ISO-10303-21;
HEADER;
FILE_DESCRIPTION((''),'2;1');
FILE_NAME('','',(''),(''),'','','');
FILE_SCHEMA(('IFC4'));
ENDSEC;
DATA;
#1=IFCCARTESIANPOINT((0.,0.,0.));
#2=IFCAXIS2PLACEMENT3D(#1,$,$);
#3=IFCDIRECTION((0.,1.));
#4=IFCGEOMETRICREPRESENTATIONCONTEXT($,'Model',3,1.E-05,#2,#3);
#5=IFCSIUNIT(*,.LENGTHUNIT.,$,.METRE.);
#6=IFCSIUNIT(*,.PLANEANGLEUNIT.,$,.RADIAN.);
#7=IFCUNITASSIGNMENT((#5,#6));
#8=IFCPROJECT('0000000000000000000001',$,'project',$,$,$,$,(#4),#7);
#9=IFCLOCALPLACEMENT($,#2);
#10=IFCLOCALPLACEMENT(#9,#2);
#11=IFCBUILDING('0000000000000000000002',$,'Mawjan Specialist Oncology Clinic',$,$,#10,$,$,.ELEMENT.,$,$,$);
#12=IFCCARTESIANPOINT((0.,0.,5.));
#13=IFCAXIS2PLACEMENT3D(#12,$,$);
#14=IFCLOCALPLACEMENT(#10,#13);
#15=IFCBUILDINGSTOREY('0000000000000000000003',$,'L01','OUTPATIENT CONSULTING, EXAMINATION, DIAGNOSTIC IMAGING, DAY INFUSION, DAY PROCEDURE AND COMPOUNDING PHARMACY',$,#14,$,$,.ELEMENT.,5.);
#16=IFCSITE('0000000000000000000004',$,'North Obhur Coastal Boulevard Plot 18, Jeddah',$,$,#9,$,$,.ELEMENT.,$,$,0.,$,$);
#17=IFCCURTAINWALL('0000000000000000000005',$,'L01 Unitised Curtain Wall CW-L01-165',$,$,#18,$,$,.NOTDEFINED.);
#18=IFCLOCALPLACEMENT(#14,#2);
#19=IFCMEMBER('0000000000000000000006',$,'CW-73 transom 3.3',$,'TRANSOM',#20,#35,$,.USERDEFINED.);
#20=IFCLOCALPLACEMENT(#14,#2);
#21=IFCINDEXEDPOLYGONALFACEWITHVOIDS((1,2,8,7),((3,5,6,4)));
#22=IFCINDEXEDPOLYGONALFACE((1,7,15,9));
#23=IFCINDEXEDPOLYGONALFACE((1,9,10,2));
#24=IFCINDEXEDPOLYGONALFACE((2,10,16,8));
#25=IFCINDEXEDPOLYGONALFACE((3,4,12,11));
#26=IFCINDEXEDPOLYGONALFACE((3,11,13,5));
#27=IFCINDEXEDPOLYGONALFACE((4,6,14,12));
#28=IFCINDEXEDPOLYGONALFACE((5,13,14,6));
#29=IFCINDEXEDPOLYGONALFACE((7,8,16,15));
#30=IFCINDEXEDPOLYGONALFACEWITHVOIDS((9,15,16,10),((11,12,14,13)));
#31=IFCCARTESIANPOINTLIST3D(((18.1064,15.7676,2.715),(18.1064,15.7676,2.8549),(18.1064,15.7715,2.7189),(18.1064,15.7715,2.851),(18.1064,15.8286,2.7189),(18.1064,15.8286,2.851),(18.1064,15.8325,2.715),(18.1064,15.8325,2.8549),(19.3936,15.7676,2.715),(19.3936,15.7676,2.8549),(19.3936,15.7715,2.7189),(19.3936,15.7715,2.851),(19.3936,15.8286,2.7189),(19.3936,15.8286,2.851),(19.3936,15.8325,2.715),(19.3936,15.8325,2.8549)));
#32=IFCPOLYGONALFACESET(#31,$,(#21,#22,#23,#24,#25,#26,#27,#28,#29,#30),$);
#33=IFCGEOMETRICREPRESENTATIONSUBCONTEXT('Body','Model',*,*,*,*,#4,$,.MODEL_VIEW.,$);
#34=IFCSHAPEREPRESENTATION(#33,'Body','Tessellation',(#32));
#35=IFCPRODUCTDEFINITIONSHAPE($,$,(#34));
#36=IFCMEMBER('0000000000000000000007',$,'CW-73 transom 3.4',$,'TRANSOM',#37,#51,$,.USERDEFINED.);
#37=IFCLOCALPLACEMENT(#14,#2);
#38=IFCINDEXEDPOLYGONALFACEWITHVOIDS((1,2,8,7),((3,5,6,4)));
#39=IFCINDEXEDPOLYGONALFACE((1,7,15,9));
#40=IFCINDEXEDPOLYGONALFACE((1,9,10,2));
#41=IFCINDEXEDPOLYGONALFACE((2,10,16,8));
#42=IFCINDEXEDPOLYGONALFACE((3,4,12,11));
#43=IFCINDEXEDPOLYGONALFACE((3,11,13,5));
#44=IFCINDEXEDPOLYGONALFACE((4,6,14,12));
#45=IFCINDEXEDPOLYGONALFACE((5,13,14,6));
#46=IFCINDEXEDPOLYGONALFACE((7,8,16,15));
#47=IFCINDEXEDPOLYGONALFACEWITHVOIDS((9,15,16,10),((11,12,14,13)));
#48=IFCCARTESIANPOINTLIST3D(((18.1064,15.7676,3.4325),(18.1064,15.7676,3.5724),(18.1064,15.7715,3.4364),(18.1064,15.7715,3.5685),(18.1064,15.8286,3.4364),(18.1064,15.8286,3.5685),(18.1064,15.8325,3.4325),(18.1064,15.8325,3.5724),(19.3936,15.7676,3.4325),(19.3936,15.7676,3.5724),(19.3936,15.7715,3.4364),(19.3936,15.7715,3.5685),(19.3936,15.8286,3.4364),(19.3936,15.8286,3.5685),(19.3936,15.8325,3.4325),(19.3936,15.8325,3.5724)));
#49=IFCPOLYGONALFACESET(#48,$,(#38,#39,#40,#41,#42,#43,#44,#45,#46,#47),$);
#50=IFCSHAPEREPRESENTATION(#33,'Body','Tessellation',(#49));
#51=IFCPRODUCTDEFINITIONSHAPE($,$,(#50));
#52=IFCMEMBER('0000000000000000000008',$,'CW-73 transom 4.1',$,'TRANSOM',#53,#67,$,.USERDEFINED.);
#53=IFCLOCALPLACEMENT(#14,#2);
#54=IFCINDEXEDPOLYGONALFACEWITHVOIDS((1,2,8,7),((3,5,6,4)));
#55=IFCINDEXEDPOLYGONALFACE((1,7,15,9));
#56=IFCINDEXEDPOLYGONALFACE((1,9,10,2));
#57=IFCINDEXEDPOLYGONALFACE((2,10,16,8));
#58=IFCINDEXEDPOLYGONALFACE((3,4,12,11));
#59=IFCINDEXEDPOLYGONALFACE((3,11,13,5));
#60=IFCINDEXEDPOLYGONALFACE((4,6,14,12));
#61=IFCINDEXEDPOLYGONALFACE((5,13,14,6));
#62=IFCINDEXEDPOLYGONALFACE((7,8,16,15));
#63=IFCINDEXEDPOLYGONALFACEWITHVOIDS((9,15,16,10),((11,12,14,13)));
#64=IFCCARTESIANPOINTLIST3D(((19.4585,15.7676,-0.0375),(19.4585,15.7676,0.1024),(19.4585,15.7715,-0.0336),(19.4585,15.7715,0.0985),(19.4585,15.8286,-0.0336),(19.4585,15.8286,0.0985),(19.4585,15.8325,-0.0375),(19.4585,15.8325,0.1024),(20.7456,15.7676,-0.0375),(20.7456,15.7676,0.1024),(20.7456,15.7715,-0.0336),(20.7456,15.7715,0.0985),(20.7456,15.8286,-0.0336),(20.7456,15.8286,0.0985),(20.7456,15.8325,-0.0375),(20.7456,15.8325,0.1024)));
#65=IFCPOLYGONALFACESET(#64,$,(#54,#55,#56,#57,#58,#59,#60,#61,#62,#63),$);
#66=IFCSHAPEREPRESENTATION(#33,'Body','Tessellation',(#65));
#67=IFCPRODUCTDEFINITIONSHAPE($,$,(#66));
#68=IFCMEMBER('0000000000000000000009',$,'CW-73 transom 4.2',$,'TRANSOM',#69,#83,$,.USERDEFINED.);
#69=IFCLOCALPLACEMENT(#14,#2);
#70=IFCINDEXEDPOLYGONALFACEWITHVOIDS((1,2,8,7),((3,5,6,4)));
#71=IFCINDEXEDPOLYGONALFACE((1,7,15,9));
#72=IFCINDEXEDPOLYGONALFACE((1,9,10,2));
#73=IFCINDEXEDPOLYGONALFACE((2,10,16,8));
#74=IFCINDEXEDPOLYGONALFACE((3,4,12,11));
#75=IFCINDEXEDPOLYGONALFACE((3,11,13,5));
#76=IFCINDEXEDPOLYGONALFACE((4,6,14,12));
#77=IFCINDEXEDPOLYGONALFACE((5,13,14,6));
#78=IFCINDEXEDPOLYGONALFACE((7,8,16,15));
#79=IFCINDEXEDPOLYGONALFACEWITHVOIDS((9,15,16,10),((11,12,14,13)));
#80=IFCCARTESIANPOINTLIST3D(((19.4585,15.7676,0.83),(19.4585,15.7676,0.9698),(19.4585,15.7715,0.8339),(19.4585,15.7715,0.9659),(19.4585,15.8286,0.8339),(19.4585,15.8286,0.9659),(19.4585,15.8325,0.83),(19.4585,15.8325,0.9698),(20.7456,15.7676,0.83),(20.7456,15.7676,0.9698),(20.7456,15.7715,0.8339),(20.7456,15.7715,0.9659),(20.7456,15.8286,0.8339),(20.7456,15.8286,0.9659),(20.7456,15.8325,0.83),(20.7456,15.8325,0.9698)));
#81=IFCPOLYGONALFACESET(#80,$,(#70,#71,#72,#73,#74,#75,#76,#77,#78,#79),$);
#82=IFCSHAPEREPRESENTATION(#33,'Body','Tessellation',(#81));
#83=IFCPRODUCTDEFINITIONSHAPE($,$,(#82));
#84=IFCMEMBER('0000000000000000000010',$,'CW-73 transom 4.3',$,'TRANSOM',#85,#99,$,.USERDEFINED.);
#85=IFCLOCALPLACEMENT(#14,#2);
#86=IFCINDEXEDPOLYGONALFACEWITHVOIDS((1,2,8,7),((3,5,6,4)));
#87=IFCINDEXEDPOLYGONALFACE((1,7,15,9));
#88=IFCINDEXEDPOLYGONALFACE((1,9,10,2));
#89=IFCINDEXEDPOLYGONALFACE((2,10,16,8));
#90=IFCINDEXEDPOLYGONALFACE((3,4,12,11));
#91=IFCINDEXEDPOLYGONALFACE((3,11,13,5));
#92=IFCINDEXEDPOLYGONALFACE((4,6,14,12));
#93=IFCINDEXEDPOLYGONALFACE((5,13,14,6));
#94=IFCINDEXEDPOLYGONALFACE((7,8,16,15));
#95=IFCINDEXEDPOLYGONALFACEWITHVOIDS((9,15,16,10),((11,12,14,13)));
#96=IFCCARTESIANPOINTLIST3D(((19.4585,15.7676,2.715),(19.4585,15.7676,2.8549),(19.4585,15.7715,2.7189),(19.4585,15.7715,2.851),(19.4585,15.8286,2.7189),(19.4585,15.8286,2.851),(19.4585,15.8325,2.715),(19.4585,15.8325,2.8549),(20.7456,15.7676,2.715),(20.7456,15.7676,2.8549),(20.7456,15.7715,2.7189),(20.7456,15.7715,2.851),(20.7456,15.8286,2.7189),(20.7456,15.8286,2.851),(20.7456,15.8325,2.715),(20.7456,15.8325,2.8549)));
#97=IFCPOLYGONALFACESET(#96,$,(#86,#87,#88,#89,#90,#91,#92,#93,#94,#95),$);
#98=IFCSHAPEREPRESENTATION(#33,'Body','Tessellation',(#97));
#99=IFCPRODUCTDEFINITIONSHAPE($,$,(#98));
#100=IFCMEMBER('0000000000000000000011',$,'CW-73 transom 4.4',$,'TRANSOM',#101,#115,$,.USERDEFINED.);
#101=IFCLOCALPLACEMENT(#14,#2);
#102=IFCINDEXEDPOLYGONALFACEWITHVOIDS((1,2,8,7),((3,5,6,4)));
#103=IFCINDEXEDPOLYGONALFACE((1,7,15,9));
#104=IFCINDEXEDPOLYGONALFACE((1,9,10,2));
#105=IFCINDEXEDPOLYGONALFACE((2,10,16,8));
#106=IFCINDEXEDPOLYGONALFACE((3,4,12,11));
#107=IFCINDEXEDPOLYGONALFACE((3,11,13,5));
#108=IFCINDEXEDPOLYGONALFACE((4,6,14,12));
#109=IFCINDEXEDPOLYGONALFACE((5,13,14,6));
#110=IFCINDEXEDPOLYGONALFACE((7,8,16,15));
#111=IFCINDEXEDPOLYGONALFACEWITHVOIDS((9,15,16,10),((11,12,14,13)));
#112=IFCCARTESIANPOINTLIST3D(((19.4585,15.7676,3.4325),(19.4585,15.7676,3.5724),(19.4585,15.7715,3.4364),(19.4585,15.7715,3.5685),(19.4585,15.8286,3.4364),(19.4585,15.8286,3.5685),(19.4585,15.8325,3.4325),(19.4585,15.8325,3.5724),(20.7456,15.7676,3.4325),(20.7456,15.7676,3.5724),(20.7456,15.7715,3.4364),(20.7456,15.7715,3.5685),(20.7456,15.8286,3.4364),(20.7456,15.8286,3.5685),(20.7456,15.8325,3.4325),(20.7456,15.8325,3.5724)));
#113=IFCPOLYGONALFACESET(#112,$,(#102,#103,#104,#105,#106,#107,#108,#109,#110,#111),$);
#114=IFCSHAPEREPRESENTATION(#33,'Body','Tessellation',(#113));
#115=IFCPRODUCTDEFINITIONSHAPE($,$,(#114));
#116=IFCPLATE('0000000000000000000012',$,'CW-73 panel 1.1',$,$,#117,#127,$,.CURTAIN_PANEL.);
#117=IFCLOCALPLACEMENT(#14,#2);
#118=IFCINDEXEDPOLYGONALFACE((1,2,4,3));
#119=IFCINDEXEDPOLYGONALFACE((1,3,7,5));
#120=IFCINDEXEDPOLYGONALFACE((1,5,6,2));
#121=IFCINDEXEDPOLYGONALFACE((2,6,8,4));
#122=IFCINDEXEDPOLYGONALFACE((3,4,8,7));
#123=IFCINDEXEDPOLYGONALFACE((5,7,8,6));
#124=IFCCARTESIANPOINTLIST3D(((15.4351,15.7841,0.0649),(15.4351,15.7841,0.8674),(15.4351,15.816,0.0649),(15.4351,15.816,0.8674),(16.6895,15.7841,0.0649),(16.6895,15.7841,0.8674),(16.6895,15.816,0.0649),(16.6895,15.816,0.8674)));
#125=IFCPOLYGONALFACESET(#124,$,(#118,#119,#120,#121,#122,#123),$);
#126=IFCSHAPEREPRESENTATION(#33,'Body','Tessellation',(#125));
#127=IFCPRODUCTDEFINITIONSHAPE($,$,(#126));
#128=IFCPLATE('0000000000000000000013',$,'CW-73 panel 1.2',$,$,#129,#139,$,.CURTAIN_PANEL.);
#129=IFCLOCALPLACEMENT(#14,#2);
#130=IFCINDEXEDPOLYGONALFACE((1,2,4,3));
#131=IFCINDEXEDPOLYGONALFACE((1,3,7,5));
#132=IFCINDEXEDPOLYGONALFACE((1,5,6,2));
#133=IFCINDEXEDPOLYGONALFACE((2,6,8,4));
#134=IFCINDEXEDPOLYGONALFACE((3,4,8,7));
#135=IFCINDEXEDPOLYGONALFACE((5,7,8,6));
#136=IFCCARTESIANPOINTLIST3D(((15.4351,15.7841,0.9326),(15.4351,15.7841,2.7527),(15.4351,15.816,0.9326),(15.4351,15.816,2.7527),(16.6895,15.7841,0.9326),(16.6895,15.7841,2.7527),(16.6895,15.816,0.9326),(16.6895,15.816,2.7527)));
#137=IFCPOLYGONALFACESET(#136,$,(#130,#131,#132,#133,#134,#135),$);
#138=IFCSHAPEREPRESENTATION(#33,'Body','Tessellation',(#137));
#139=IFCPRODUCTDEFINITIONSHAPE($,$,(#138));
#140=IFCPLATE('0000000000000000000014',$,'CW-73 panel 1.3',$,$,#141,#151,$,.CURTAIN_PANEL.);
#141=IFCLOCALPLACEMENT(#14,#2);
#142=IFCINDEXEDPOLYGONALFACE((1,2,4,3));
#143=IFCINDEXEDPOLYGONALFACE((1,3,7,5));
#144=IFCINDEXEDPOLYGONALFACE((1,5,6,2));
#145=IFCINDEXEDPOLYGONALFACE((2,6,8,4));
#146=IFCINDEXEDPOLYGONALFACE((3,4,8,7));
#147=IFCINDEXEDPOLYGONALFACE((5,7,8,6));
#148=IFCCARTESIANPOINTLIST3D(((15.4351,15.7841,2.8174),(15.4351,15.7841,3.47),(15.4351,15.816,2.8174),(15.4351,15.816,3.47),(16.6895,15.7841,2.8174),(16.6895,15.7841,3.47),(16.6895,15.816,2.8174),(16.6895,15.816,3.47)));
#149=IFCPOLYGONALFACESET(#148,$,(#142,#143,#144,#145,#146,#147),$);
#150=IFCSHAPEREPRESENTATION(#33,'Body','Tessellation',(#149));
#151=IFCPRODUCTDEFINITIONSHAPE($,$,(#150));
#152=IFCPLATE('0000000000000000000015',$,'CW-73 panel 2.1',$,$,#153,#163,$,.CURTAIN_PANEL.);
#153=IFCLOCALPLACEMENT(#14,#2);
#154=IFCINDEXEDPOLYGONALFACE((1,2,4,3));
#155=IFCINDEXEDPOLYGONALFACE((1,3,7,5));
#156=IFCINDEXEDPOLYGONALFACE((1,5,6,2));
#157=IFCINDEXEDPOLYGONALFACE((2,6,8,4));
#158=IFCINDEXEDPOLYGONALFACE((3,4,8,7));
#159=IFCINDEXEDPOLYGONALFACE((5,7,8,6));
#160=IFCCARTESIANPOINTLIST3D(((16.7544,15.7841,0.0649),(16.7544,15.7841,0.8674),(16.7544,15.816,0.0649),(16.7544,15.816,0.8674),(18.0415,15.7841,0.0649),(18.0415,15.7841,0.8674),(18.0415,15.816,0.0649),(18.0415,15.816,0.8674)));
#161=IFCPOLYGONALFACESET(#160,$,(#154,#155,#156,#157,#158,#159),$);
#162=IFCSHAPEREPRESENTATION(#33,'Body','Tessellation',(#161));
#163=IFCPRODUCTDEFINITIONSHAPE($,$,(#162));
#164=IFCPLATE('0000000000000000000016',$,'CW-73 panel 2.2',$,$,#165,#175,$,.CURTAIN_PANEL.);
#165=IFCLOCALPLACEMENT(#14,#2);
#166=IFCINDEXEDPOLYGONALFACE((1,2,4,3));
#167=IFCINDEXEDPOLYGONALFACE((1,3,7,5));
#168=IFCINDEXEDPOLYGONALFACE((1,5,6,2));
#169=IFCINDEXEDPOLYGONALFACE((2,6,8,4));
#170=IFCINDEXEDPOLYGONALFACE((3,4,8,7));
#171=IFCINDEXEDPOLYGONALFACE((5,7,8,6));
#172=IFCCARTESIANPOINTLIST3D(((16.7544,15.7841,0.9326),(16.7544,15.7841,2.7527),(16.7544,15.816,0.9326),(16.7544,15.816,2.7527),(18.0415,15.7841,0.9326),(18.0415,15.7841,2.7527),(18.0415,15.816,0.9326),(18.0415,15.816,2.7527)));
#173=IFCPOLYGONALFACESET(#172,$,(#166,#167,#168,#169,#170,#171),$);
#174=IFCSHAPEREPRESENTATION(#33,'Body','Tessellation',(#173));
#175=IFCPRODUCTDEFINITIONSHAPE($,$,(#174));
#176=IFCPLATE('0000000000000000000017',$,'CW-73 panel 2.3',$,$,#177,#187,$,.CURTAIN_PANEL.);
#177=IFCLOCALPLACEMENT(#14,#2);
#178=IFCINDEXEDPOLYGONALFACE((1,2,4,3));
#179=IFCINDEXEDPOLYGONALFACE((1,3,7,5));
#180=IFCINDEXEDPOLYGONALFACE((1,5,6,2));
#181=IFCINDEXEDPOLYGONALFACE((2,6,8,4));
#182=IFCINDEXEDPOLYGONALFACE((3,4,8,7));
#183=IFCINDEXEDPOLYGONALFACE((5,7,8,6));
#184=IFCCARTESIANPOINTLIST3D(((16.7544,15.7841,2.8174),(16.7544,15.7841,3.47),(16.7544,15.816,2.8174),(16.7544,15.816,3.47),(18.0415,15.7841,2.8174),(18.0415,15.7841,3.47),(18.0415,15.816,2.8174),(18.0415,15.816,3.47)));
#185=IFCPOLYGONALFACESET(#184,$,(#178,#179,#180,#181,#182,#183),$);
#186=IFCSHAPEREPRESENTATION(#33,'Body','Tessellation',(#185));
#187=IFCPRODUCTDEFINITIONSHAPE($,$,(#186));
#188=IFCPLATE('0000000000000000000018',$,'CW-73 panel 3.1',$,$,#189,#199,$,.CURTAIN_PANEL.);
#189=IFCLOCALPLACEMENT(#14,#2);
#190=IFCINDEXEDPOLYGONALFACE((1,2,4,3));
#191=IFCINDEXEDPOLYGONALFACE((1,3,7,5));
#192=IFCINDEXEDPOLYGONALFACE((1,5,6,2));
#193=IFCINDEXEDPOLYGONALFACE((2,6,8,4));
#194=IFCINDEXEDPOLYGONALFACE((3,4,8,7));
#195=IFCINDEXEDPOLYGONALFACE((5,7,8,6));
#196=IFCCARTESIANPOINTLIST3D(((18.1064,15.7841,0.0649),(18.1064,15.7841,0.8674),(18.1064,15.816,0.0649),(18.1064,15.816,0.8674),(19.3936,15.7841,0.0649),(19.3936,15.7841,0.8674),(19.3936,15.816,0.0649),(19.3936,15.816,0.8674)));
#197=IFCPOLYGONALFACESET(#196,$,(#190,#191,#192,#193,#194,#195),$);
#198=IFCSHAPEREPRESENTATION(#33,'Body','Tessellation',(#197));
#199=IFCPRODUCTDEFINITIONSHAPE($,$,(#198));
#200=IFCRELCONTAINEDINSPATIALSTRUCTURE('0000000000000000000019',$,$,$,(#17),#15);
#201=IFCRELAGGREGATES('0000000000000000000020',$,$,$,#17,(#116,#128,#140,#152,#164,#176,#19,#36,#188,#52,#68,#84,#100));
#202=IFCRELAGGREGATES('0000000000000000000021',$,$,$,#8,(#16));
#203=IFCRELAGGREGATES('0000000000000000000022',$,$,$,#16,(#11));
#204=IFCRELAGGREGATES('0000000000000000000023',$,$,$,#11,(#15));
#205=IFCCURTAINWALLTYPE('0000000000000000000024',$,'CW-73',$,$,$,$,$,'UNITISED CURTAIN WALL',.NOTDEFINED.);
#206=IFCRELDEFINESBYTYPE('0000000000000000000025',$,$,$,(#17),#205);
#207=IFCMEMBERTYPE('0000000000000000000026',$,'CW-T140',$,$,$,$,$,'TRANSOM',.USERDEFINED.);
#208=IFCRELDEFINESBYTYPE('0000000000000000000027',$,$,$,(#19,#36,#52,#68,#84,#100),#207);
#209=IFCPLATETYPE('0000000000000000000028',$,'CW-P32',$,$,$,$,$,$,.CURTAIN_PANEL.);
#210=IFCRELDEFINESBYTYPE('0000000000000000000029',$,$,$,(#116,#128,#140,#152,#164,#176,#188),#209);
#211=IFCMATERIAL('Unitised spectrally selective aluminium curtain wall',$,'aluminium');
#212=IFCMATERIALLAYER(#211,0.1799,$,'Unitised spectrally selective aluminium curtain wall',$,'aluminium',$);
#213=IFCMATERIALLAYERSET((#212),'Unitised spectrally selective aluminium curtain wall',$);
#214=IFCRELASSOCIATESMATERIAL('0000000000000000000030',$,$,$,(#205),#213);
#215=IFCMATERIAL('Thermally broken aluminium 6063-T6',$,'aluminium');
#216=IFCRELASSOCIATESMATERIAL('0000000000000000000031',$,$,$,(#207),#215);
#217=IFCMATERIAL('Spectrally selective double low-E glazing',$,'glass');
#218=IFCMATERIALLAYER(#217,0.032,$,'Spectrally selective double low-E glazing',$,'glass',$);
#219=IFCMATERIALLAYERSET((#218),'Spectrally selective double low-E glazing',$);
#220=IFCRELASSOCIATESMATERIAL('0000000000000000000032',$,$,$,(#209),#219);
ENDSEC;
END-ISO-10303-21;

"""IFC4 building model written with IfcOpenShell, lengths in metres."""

from ifc_helpers import new_model, si_unit, direction, frame, origin, origin_2d, place, context, subcontext, project, spatial, rectangle, hollow_rectangle, extrude, material, layer, layer_set, material_profile, profile_set, type_object, element, aggregate, save


model = new_model("IFC4")

# Units and contexts
model_context = context("Model", 3, precision=1e-05, world=origin(), true_north=direction((0.0, 1.0)))
body_context = subcontext(model_context, "Body", "Model", "MODEL_VIEW")
ifc_project = project(units=[si_unit("LENGTHUNIT", "METRE"), si_unit("PLANEANGLEUNIT", "RADIAN")], contexts=[model_context])

# Site, building, storey
site_placement = place(None, origin())
site = spatial("IfcSite", under=ifc_project, at=site_placement, Name="North Obhur Coastal Boulevard Plot 18, Jeddah", CompositionType="ELEMENT", RefElevation=0.0)
building_placement = place(site_placement, origin())
building = spatial("IfcBuilding", under=site, at=building_placement, Name="Mawjan Specialist Oncology Clinic", CompositionType="ELEMENT")
storey_placement = place(building_placement, frame((0.0, 0.0, 5.0)))
storey = spatial("IfcBuildingStorey", under=building, at=storey_placement, Name="L01", Description="OUTPATIENT CONSULTING, EXAMINATION, DIAGNOSTIC IMAGING, DAY INFUSION, DAY PROCEDURE AND COMPOUNDING PHARMACY", CompositionType="ELEMENT", Elevation=5.0)

# Curtain wall, members, plates
ifc_material_1 = material(Name="Unitised spectrally selective aluminium curtain wall", Category="aluminium")
ifc_layer_1 = layer(ifc_material_1, 0.1799, Name="Unitised spectrally selective aluminium curtain wall", Category="aluminium")
ifc_layer_set_1 = layer_set([ifc_layer_1], Name="Unitised spectrally selective aluminium curtain wall")
curtain_wall_type = type_object("IfcCurtainWallType", Name="CW-73", ElementType="UNITISED CURTAIN WALL", PredefinedType="NOTDEFINED", material=ifc_layer_set_1)
curtain_wall_placement = place(storey_placement, origin())
curtain_wall = element("IfcCurtainWall", 1, at=curtain_wall_placement, inside=storey, type_object=curtain_wall_type, Name="L01 Unitised Curtain Wall CW-L01-165", PredefinedType="NOTDEFINED")
ifc_material_2 = material(Name="Thermally broken aluminium 6063-T6", Category="aluminium")
ifc_material_profile_1 = material_profile(ifc_material_2, hollow_rectangle(XDim=0.0649, YDim=0.1399, WallThickness=0.0039, at=origin_2d()), Name="ALU TRANSOM 140x65x4", Category="aluminium")
ifc_profile_set_1 = profile_set([ifc_material_profile_1], Name="Thermally broken aluminium 6063-T6")
member_type_1 = type_object("IfcMemberType", Name="CW-T140", ElementType="TRANSOM", PredefinedType="USERDEFINED", material=ifc_profile_set_1)
member_1_placement = place(storey_placement, frame((18.1064, 15.8, 2.7849), z_axis=(1.0, 0.0, 0.0), x_axis=(0.0, 1.0, 0.0)))
member_1 = element("IfcMember", 2, at=member_1_placement, type_object=member_type_1, Name="CW-73 transom 3.3", ObjectType="TRANSOM", PredefinedType="USERDEFINED", context=body_context, shape_type="SweptSolid", body=[
    extrude(hollow_rectangle(XDim=0.0649, YDim=0.1399, WallThickness=0.0039, at=origin_2d()), origin(), (0.0, 0.0, 1.0), 1.2871),
])
member_2_placement = place(storey_placement, frame((18.1064, 15.8, 3.5024), z_axis=(1.0, 0.0, 0.0), x_axis=(0.0, 1.0, 0.0)))
member_2 = element("IfcMember", 3, at=member_2_placement, type_object=member_type_1, Name="CW-73 transom 3.4", ObjectType="TRANSOM", PredefinedType="USERDEFINED", context=body_context, shape_type="SweptSolid", body=[
    extrude(hollow_rectangle(XDim=0.0649, YDim=0.1399, WallThickness=0.0039, at=origin_2d()), origin(), (0.0, 0.0, 1.0), 1.2871),
])
member_3_placement = place(storey_placement, frame((19.4585, 15.8, 0.0325), z_axis=(1.0, 0.0, 0.0), x_axis=(0.0, 1.0, 0.0)))
member_3 = element("IfcMember", 4, at=member_3_placement, type_object=member_type_1, Name="CW-73 transom 4.1", ObjectType="TRANSOM", PredefinedType="USERDEFINED", context=body_context, shape_type="SweptSolid", body=[
    extrude(hollow_rectangle(XDim=0.0649, YDim=0.1399, WallThickness=0.0039, at=origin_2d()), origin(), (0.0, 0.0, 1.0), 1.2871),
])
member_4_placement = place(storey_placement, frame((19.4585, 15.8, 0.8999), z_axis=(1.0, 0.0, 0.0), x_axis=(0.0, 1.0, 0.0)))
member_4 = element("IfcMember", 5, at=member_4_placement, type_object=member_type_1, Name="CW-73 transom 4.2", ObjectType="TRANSOM", PredefinedType="USERDEFINED", context=body_context, shape_type="SweptSolid", body=[
    extrude(hollow_rectangle(XDim=0.0649, YDim=0.1399, WallThickness=0.0039, at=origin_2d()), origin(), (0.0, 0.0, 1.0), 1.2871),
])
member_5_placement = place(storey_placement, frame((19.4585, 15.8, 2.7849), z_axis=(1.0, 0.0, 0.0), x_axis=(0.0, 1.0, 0.0)))
member_5 = element("IfcMember", 6, at=member_5_placement, type_object=member_type_1, Name="CW-73 transom 4.3", ObjectType="TRANSOM", PredefinedType="USERDEFINED", context=body_context, shape_type="SweptSolid", body=[
    extrude(hollow_rectangle(XDim=0.0649, YDim=0.1399, WallThickness=0.0039, at=origin_2d()), origin(), (0.0, 0.0, 1.0), 1.2871),
])
member_6_placement = place(storey_placement, frame((19.4585, 15.8, 3.5024), z_axis=(1.0, 0.0, 0.0), x_axis=(0.0, 1.0, 0.0)))
member_6 = element("IfcMember", 7, at=member_6_placement, type_object=member_type_1, Name="CW-73 transom 4.4", ObjectType="TRANSOM", PredefinedType="USERDEFINED", context=body_context, shape_type="SweptSolid", body=[
    extrude(hollow_rectangle(XDim=0.0649, YDim=0.1399, WallThickness=0.0039, at=origin_2d()), origin(), (0.0, 0.0, 1.0), 1.2871),
])
ifc_material_3 = material(Name="Spectrally selective double low-E glazing", Category="glass")
ifc_layer_2 = layer(ifc_material_3, 0.032, Name="Spectrally selective double low-E glazing", Category="glass")
ifc_layer_set_2 = layer_set([ifc_layer_2], Name="Spectrally selective double low-E glazing")
plate_type = type_object("IfcPlateType", Name="CW-P32", PredefinedType="CURTAIN_PANEL", material=ifc_layer_set_2)
plate_1_placement = place(storey_placement, frame((16.0623, 15.8, 0.0649), z_axis=(0.0, 0.0, 1.0), x_axis=(1.0, 0.0, 0.0)))
plate_1 = element("IfcPlate", 8, at=plate_1_placement, type_object=plate_type, Name="CW-73 panel 1.1", PredefinedType="CURTAIN_PANEL", context=body_context, shape_type="SweptSolid", body=[
    extrude(rectangle(XDim=1.2544, YDim=0.032, at=origin_2d()), origin(), (0.0, 0.0, 1.0), 0.8025),
])
plate_2_placement = place(storey_placement, frame((16.0623, 15.8, 0.9326), z_axis=(0.0, 0.0, 1.0), x_axis=(1.0, 0.0, 0.0)))
plate_2 = element("IfcPlate", 9, at=plate_2_placement, type_object=plate_type, Name="CW-73 panel 1.2", PredefinedType="CURTAIN_PANEL", context=body_context, shape_type="SweptSolid", body=[
    extrude(rectangle(XDim=1.2544, YDim=0.032, at=origin_2d()), origin(), (0.0, 0.0, 1.0), 1.8201),
])
plate_3_placement = place(storey_placement, frame((16.0623, 15.8, 2.8174), z_axis=(0.0, 0.0, 1.0), x_axis=(1.0, 0.0, 0.0)))
plate_3 = element("IfcPlate", 10, at=plate_3_placement, type_object=plate_type, Name="CW-73 panel 1.3", PredefinedType="CURTAIN_PANEL", context=body_context, shape_type="SweptSolid", body=[
    extrude(rectangle(XDim=1.2544, YDim=0.032, at=origin_2d()), origin(), (0.0, 0.0, 1.0), 0.6526),
])
plate_4_placement = place(storey_placement, frame((17.3979, 15.8, 0.0649), z_axis=(0.0, 0.0, 1.0), x_axis=(1.0, 0.0, 0.0)))
plate_4 = element("IfcPlate", 11, at=plate_4_placement, type_object=plate_type, Name="CW-73 panel 2.1", PredefinedType="CURTAIN_PANEL", context=body_context, shape_type="SweptSolid", body=[
    extrude(rectangle(XDim=1.2871, YDim=0.032, at=origin_2d()), origin(), (0.0, 0.0, 1.0), 0.8025),
])
plate_5_placement = place(storey_placement, frame((17.3979, 15.8, 0.9326), z_axis=(0.0, 0.0, 1.0), x_axis=(1.0, 0.0, 0.0)))
plate_5 = element("IfcPlate", 12, at=plate_5_placement, type_object=plate_type, Name="CW-73 panel 2.2", PredefinedType="CURTAIN_PANEL", context=body_context, shape_type="SweptSolid", body=[
    extrude(rectangle(XDim=1.2871, YDim=0.032, at=origin_2d()), origin(), (0.0, 0.0, 1.0), 1.8201),
])
plate_6_placement = place(storey_placement, frame((17.3979, 15.8, 2.8174), z_axis=(0.0, 0.0, 1.0), x_axis=(1.0, 0.0, 0.0)))
plate_6 = element("IfcPlate", 13, at=plate_6_placement, type_object=plate_type, Name="CW-73 panel 2.3", PredefinedType="CURTAIN_PANEL", context=body_context, shape_type="SweptSolid", body=[
    extrude(rectangle(XDim=1.2871, YDim=0.032, at=origin_2d()), origin(), (0.0, 0.0, 1.0), 0.6526),
])
plate_7_placement = place(storey_placement, frame((18.75, 15.8, 0.0649), z_axis=(0.0, 0.0, 1.0), x_axis=(1.0, 0.0, 0.0)))
plate_7 = element("IfcPlate", 14, at=plate_7_placement, type_object=plate_type, Name="CW-73 panel 3.1", PredefinedType="CURTAIN_PANEL", context=body_context, shape_type="SweptSolid", body=[
    extrude(rectangle(XDim=1.2871, YDim=0.032, at=origin_2d()), origin(), (0.0, 0.0, 1.0), 0.8025),
])
aggregate(curtain_wall, [plate_1, plate_2, plate_3, plate_4, plate_5, plate_6, member_1, member_2, plate_7, member_3, member_4, member_5, member_6])

save(model, "model.ifc")
